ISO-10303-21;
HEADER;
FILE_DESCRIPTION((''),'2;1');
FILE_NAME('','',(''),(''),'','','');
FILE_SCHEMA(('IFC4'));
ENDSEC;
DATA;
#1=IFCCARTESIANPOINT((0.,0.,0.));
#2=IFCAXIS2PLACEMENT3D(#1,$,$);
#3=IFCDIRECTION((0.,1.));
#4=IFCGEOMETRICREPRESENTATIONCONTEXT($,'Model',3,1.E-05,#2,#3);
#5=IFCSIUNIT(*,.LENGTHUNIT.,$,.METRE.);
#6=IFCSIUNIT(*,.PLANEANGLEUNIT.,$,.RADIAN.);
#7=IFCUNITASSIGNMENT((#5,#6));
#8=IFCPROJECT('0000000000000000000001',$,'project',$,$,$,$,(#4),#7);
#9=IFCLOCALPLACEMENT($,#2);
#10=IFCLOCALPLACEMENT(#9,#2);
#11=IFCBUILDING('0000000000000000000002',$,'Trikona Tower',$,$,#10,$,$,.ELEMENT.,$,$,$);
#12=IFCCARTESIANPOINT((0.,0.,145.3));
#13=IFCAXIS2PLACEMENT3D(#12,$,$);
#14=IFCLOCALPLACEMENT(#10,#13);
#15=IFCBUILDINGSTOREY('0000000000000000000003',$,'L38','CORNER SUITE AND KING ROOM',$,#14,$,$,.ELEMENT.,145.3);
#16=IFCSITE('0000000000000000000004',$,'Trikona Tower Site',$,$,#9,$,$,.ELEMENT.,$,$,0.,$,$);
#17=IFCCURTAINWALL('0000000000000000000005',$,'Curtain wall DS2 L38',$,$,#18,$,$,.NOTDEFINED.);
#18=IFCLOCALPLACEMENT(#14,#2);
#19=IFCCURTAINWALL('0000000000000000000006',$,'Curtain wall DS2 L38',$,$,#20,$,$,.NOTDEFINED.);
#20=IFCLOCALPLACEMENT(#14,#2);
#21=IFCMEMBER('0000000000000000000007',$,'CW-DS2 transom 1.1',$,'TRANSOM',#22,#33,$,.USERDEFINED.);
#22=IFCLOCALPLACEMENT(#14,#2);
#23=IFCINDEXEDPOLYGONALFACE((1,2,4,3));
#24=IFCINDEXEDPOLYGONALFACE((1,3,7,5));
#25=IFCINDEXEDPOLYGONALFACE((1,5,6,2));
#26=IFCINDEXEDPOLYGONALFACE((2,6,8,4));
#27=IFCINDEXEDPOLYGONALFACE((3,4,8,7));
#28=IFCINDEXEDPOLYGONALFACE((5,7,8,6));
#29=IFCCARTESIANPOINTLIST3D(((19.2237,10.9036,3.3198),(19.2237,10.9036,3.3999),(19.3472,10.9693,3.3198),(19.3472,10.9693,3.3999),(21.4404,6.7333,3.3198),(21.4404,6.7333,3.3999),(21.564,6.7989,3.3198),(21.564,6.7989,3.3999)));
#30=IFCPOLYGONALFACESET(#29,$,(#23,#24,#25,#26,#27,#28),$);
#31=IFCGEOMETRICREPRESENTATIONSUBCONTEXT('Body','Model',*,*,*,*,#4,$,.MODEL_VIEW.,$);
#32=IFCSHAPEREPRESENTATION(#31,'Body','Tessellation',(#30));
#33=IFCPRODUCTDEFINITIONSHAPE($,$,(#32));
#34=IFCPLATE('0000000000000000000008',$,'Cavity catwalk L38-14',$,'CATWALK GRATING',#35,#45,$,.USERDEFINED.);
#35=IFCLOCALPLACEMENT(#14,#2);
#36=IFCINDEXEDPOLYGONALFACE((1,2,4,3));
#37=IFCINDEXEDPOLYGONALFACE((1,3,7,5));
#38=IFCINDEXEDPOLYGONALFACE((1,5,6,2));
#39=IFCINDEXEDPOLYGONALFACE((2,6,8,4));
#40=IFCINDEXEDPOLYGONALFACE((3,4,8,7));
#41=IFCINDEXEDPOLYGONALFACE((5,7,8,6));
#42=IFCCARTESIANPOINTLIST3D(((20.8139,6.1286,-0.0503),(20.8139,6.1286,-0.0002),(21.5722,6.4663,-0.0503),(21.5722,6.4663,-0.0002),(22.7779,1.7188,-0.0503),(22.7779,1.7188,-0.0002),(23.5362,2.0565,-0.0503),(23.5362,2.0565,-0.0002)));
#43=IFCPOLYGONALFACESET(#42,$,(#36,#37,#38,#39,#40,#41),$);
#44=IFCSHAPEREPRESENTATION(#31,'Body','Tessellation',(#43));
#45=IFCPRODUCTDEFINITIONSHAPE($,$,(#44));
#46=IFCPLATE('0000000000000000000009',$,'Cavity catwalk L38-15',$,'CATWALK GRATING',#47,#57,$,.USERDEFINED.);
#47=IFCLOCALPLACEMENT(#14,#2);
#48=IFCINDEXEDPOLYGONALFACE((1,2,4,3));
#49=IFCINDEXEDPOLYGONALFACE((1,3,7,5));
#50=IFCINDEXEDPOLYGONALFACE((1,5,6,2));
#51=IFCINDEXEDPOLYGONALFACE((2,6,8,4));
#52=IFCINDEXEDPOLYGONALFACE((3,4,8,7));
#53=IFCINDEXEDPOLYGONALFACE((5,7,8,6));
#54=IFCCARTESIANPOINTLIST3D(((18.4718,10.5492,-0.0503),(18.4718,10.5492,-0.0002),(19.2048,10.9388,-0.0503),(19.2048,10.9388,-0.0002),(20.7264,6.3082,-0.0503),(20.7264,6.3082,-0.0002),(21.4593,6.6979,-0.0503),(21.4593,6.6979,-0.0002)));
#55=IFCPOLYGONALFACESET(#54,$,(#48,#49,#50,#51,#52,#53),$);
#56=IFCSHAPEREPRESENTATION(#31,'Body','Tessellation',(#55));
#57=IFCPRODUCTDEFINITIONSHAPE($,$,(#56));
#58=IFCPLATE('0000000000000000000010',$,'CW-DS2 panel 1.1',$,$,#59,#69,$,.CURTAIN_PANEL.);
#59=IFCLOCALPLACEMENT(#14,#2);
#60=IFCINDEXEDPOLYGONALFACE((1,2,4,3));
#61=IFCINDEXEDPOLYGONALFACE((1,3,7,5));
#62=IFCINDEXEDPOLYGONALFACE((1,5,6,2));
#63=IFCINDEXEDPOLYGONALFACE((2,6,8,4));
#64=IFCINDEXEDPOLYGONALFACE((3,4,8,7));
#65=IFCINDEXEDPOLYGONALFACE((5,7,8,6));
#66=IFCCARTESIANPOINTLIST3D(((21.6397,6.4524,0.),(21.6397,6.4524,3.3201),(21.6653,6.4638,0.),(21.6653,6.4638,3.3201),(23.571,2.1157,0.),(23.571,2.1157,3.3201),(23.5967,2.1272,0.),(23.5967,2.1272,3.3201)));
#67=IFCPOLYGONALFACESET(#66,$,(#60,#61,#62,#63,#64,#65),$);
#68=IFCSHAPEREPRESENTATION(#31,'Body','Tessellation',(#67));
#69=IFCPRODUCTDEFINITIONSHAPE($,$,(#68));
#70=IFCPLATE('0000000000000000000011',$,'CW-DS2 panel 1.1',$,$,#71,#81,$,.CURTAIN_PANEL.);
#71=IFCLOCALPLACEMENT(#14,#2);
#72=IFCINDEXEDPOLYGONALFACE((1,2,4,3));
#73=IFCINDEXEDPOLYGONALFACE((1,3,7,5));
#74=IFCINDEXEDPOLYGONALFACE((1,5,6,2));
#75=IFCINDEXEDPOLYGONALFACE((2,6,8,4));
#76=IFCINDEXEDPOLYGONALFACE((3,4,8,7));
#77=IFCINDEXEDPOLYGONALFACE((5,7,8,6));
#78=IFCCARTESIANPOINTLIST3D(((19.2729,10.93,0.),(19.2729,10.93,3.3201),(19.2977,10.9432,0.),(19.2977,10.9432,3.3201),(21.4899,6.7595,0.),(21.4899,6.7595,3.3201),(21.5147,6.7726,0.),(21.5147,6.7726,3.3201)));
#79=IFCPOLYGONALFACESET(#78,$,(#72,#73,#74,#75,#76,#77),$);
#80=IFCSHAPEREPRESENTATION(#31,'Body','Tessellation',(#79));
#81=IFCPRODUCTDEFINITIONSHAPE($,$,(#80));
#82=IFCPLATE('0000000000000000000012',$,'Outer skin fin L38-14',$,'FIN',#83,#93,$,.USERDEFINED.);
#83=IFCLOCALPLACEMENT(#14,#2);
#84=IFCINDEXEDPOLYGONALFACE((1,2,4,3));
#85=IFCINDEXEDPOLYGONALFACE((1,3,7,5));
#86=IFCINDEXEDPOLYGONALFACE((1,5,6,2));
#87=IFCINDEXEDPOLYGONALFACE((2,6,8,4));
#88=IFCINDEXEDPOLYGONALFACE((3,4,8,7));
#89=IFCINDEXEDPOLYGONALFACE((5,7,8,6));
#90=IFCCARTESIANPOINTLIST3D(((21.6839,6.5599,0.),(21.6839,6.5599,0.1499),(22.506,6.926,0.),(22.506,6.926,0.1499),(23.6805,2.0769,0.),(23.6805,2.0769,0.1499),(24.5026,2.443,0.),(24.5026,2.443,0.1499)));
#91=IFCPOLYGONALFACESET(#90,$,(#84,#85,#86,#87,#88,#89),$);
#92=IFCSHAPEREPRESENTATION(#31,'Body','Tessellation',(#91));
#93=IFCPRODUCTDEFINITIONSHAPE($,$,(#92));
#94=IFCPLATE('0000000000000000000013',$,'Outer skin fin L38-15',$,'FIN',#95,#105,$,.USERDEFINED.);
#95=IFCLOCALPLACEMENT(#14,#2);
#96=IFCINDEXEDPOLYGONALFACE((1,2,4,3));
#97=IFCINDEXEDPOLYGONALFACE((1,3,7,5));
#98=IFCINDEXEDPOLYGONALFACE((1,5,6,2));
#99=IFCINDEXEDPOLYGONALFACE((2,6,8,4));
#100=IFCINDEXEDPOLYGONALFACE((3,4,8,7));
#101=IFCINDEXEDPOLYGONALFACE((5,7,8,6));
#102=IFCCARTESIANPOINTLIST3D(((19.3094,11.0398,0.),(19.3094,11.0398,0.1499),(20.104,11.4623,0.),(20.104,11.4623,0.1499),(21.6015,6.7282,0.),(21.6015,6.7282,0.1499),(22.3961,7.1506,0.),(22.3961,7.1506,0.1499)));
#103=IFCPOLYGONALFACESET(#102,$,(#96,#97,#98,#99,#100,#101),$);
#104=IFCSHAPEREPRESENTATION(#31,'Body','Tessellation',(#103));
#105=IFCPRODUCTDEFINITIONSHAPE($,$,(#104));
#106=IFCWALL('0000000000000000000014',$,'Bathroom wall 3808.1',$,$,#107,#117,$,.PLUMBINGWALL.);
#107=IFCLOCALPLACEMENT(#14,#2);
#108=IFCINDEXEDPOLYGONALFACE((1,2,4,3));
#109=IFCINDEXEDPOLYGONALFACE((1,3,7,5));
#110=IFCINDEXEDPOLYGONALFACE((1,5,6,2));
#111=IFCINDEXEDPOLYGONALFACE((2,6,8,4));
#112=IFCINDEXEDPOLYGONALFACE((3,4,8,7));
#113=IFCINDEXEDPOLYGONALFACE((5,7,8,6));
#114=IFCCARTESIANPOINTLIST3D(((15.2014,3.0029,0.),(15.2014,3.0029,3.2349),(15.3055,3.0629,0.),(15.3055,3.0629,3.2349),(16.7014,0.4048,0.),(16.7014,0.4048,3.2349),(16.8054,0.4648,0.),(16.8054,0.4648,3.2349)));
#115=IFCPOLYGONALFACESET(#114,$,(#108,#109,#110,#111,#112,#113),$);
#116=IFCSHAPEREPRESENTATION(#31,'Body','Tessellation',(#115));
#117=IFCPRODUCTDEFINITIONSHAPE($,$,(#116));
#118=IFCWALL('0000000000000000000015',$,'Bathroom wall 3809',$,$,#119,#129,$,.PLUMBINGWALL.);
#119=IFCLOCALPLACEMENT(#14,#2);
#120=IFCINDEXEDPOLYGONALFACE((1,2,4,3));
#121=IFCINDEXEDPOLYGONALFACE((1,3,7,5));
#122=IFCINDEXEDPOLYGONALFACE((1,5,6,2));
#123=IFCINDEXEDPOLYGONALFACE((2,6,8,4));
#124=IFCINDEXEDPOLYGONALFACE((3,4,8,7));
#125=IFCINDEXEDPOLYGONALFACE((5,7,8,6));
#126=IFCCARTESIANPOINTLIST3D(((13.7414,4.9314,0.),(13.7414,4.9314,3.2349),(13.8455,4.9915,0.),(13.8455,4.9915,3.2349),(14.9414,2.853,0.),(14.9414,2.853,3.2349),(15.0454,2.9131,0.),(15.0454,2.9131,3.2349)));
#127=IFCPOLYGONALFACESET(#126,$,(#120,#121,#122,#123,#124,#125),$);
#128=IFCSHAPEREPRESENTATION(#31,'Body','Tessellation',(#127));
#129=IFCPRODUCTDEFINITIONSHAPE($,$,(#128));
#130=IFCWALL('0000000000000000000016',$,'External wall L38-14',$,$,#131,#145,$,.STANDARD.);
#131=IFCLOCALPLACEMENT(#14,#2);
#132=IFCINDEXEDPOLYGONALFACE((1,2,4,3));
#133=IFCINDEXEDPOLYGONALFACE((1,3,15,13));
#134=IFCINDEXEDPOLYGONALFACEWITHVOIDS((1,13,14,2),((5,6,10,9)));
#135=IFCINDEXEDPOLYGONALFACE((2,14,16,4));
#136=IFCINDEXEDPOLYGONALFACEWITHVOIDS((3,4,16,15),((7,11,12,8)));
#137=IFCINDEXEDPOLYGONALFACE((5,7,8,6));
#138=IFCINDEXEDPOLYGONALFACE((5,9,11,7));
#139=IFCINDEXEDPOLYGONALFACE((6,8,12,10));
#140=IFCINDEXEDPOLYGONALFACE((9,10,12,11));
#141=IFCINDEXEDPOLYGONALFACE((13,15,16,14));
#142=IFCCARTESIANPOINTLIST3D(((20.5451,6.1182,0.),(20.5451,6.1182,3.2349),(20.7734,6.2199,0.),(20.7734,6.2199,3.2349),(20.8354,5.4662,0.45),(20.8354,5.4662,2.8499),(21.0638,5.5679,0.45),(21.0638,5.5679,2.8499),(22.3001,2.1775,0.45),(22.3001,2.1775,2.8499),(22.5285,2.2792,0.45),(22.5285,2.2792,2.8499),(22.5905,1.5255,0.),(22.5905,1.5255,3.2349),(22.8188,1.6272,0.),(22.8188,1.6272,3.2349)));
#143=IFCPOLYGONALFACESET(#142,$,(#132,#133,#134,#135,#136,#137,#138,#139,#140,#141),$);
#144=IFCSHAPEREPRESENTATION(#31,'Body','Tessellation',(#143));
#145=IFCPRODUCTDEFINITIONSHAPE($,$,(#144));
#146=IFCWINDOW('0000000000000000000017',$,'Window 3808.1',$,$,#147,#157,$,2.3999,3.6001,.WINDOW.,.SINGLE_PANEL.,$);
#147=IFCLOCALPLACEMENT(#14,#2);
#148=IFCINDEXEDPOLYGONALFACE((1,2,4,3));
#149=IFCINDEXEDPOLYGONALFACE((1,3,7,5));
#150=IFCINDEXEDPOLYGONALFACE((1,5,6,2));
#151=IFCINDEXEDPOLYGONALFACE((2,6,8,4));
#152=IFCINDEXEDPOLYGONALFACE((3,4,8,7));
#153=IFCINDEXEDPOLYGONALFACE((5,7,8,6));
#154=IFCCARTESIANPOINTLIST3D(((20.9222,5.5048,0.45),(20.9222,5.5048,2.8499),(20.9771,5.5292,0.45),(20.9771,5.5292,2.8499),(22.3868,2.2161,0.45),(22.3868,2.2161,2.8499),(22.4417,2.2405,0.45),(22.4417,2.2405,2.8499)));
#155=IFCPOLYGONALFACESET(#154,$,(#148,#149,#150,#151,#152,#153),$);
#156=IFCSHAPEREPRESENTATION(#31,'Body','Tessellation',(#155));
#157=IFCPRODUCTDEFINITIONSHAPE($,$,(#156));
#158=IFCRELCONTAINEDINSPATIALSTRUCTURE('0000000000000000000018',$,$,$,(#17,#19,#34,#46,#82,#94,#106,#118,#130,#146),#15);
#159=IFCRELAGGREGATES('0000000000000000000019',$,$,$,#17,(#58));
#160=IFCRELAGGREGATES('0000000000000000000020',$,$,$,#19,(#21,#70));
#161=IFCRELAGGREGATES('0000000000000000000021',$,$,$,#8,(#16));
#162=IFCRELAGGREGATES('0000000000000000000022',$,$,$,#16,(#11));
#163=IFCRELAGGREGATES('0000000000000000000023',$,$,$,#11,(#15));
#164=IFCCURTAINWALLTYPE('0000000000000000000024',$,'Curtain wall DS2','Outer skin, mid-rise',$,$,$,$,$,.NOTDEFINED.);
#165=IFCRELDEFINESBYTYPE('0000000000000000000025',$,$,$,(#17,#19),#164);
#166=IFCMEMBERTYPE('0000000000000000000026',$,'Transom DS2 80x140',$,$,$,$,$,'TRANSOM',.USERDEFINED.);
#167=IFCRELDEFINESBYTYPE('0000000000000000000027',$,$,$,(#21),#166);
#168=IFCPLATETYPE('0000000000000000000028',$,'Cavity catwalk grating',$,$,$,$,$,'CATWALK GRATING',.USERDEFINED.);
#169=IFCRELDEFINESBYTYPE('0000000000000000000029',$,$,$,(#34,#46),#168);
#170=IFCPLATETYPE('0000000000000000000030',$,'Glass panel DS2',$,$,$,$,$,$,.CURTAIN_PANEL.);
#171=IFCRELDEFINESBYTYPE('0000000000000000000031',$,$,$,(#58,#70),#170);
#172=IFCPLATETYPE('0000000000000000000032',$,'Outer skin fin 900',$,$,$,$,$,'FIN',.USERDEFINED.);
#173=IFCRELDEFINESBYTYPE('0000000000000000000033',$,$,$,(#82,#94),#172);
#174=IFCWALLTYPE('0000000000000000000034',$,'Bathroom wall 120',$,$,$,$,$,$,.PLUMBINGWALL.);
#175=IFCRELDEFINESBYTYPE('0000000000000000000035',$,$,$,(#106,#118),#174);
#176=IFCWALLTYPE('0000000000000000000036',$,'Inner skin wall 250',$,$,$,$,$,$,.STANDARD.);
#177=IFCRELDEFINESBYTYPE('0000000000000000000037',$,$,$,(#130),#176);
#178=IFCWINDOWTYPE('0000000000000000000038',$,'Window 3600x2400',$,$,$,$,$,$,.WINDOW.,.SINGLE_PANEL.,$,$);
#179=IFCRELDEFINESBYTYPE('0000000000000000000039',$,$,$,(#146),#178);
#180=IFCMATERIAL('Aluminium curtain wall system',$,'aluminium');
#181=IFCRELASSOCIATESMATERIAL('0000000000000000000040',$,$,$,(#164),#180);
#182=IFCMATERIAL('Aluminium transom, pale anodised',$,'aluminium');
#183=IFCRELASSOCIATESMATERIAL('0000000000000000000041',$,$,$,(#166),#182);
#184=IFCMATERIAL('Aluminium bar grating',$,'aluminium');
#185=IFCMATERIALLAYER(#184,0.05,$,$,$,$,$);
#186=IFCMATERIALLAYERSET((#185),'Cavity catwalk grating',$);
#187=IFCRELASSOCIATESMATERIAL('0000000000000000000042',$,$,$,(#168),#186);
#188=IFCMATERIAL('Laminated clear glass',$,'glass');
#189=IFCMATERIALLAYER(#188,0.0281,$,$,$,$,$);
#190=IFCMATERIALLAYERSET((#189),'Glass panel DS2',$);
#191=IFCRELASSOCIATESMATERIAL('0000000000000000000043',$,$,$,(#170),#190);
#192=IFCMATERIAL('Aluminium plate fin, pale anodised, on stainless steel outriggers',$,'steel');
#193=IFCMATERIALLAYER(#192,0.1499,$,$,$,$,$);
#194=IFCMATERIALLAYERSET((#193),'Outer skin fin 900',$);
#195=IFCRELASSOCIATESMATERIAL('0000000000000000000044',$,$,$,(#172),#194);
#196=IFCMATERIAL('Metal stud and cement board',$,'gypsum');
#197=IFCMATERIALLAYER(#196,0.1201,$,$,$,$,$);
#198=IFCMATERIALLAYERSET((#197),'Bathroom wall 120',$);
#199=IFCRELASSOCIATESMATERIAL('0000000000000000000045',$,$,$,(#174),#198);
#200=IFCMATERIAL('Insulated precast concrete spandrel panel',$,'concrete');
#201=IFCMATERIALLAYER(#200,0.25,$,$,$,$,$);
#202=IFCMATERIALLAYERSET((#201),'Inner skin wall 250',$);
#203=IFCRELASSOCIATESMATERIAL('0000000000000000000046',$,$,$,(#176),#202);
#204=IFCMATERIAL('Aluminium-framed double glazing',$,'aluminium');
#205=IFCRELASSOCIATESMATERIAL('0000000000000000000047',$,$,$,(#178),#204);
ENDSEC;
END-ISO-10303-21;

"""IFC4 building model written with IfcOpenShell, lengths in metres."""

from ifc_helpers import new_model, si_unit, direction, frame, frame_2d, origin, origin_2d, place, context, subcontext, project, spatial, rectangle, extrude, material, layer, layer_set, material_profile, profile_set, type_object, element, fill, aggregate, save


model = new_model("IFC4")

# Units and contexts
model_context = context("Model", 3, precision=1e-05, world=origin(), true_north=direction((0.0, 1.0)))
body_context = subcontext(model_context, "Body", "Model", "MODEL_VIEW")
ifc_project = project(units=[si_unit("LENGTHUNIT", "METRE"), si_unit("PLANEANGLEUNIT", "RADIAN")], contexts=[model_context])

# Site, building, storey
site_placement = place(None, origin())
site = spatial("IfcSite", under=ifc_project, at=site_placement, Name="Trikona Tower Site", CompositionType="ELEMENT", RefElevation=0.0)
building_placement = place(site_placement, origin())
building = spatial("IfcBuilding", under=site, at=building_placement, Name="Trikona Tower", CompositionType="ELEMENT")
storey_placement = place(building_placement, frame((0.0, 0.0, 145.3)))
storey = spatial("IfcBuildingStorey", under=building, at=storey_placement, Name="L38", Description="CORNER SUITE AND KING ROOM", CompositionType="ELEMENT", Elevation=145.3)

# Shared definitions
ifc_material_1 = material(Name="Aluminium curtain wall system", Category="aluminium")
curtain_wall_type = type_object("IfcCurtainWallType", Name="Curtain wall DS2", Description="Outer skin, mid-rise", PredefinedType="NOTDEFINED", material=ifc_material_1)

# Curtain walls
curtain_wall_1_placement = place(storey_placement, origin())
curtain_wall_1 = element("IfcCurtainWall", 1, at=curtain_wall_1_placement, inside=storey, type_object=curtain_wall_type, Name="Curtain wall DS2 L38", PredefinedType="NOTDEFINED")
curtain_wall_2_placement = place(storey_placement, origin())
curtain_wall_2 = element("IfcCurtainWall", 2, at=curtain_wall_2_placement, inside=storey, type_object=curtain_wall_type, Name="Curtain wall DS2 L38", PredefinedType="NOTDEFINED")

# Member
ifc_material_2 = material(Name="Aluminium transom, pale anodised", Category="aluminium")
ifc_material_profile_1 = material_profile(ifc_material_2, rectangle(XDim=0.1399, YDim=0.0801, at=origin_2d()), Name="TRN-DS2")
ifc_profile_set_1 = profile_set([ifc_material_profile_1], Name="Aluminium transom, pale anodised")
member_type_1 = type_object("IfcMemberType", Name="Transom DS2 80x140", ElementType="TRANSOM", PredefinedType="USERDEFINED", material=ifc_profile_set_1)
member_1_placement = place(storey_placement, frame((21.5022, 6.7661, 3.3599), z_axis=(-0.469364, 0.883005, 0.0), x_axis=(-0.883005, -0.469364, 0.0)))
member_1 = element("IfcMember", 3, at=member_1_placement, type_object=member_type_1, Name="CW-DS2 transom 1.1", ObjectType="TRANSOM", PredefinedType="USERDEFINED", context=body_context, shape_type="SweptSolid", body=[
    extrude(rectangle(XDim=0.1399, YDim=0.0801, at=origin_2d()), origin(), (0.0, 0.0, 1.0), 4.7229),
])

# Plates
ifc_material_3 = material(Name="Aluminium bar grating", Category="aluminium")
ifc_layer_1 = layer(ifc_material_3, 0.05)
ifc_layer_set_1 = layer_set([ifc_layer_1], Name="Cavity catwalk grating")
plate_type_1 = type_object("IfcPlateType", Name="Cavity catwalk grating", ElementType="CATWALK GRATING", PredefinedType="USERDEFINED", material=ifc_layer_set_1)
plate_1_placement = place(storey_placement, frame((22.175, 4.0925, -0.0503), z_axis=(0.0, 0.0, 1.0), x_axis=(-0.406843, 0.913498, 0.0)))
element("IfcPlate", 4, at=plate_1_placement, inside=storey, type_object=plate_type_1, Name="Cavity catwalk L38-14", ObjectType="CATWALK GRATING", PredefinedType="USERDEFINED", context=body_context, shape_type="SweptSolid", body=[
    extrude(rectangle(XDim=4.8274, YDim=0.8301, at=origin_2d()), origin(), (0.0, 0.0, 1.0), 0.05),
])
plate_2_placement = place(storey_placement, frame((19.9656, 8.6235, -0.0503), z_axis=(0.0, 0.0, 1.0), x_axis=(-0.469398, 0.882987, 0.0)))
element("IfcPlate", 5, at=plate_2_placement, inside=storey, type_object=plate_type_1, Name="Cavity catwalk L38-15", ObjectType="CATWALK GRATING", PredefinedType="USERDEFINED", context=body_context, shape_type="SweptSolid", body=[
    extrude(rectangle(XDim=4.803, YDim=0.8301, at=origin_2d()), origin(), (0.0, 0.0, 1.0), 0.05),
])

# Plates
ifc_material_4 = material(Name="Laminated clear glass", Category="glass")
ifc_layer_2 = layer(ifc_material_4, 0.0281)
ifc_layer_set_2 = layer_set([ifc_layer_2], Name="Glass panel DS2")
plate_type_2 = type_object("IfcPlateType", Name="Glass panel DS2", PredefinedType="CURTAIN_PANEL", material=ifc_layer_set_2)
plate_3_placement = place(storey_placement, frame((22.6182, 4.2898, 0.0), z_axis=(0.0, 0.0, 1.0), x_axis=(-0.406836, 0.913501, 0.0)))
plate_3 = element("IfcPlate", 6, at=plate_3_placement, type_object=plate_type_2, Name="CW-DS2 panel 1.1", PredefinedType="CURTAIN_PANEL", context=body_context, shape_type="SweptSolid", body=[
    extrude(rectangle(XDim=4.7473, YDim=0.0281, at=origin_2d()), origin(), (0.0, 0.0, 1.0), 3.3201),
])
aggregate(curtain_wall_1, [plate_3])
plate_4_placement = place(storey_placement, frame((20.3938, 8.8513, 0.0), z_axis=(0.0, 0.0, 1.0), x_axis=(-0.46938, 0.882996, 0.0)))
plate_4 = element("IfcPlate", 7, at=plate_4_placement, type_object=plate_type_2, Name="CW-DS2 panel 1.1", PredefinedType="CURTAIN_PANEL", context=body_context, shape_type="SweptSolid", body=[
    extrude(rectangle(XDim=4.7231, YDim=0.0281, at=origin_2d()), origin(), (0.0, 0.0, 1.0), 3.3201),
])
aggregate(curtain_wall_2, [member_1, plate_4])

# Plates
ifc_material_5 = material(Name="Aluminium plate fin, pale anodised, on stainless steel outriggers", Category="steel")
ifc_layer_3 = layer(ifc_material_5, 0.1499)
ifc_layer_set_3 = layer_set([ifc_layer_3], Name="Outer skin fin 900")
plate_type_3 = type_object("IfcPlateType", Name="Outer skin fin 900", ElementType="FIN", PredefinedType="USERDEFINED", material=ifc_layer_set_3)
plate_5_placement = place(storey_placement, frame((23.0933, 4.5015, 0.0), z_axis=(0.0, 0.0, 1.0), x_axis=(-0.406843, 0.913498, 0.0)))
element("IfcPlate", 8, at=plate_5_placement, inside=storey, type_object=plate_type_3, Name="Outer skin fin L38-14", ObjectType="FIN", PredefinedType="USERDEFINED", context=body_context, shape_type="SweptSolid", body=[
    extrude(rectangle(XDim=4.9075, YDim=0.8999, at=origin_2d()), origin(), (0.0, 0.0, 1.0), 0.1499),
])
plate_6_placement = place(storey_placement, frame((20.8528, 9.0952, 0.0), z_axis=(0.0, 0.0, 1.0), x_axis=(-0.469398, 0.882987, 0.0)))
element("IfcPlate", 9, at=plate_6_placement, inside=storey, type_object=plate_type_3, Name="Outer skin fin L38-15", ObjectType="FIN", PredefinedType="USERDEFINED", context=body_context, shape_type="SweptSolid", body=[
    extrude(rectangle(XDim=4.8831, YDim=0.8999, at=origin_2d()), origin(), (0.0, 0.0, 1.0), 0.1499),
])

# Walls
ifc_material_6 = material(Name="Metal stud and cement board", Category="gypsum")
ifc_layer_4 = layer(ifc_material_6, 0.1201)
ifc_layer_set_4 = layer_set([ifc_layer_4], Name="Bathroom wall 120")
wall_type_1 = type_object("IfcWallType", Name="Bathroom wall 120", PredefinedType="PLUMBINGWALL", material=ifc_layer_set_4)
wall_1_placement = place(storey_placement, frame((16.7534, 0.4348, 0.0), z_axis=(0.0, 0.0, 1.0), x_axis=(-0.49999, 0.866031, 0.0)))
element("IfcWall", 10, at=wall_1_placement, inside=storey, type_object=wall_type_1, Name="Bathroom wall 3808.1", PredefinedType="PLUMBINGWALL", context=body_context, shape_type="SweptSolid", body=[
    extrude(rectangle(XDim=3.0, YDim=0.1201, at=frame_2d((1.5, 0.0))), origin(), (0.0, 0.0, 1.0), 3.2349),
])
wall_2_placement = place(storey_placement, frame((14.9934, 2.8831, 0.0), z_axis=(0.0, 0.0, 1.0), x_axis=(-0.500001, 0.866025, 0.0)))
element("IfcWall", 11, at=wall_2_placement, inside=storey, type_object=wall_type_1, Name="Bathroom wall 3809", PredefinedType="PLUMBINGWALL", context=body_context, shape_type="SweptSolid", body=[
    extrude(rectangle(XDim=2.3999, YDim=0.1201, at=frame_2d((1.2, 0.0))), origin(), (0.0, 0.0, 1.0), 3.2349),
])

# Wall, opening, window
ifc_material_7 = material(Name="Insulated precast concrete spandrel panel", Category="concrete")
ifc_layer_5 = layer(ifc_material_7, 0.25)
ifc_layer_set_5 = layer_set([ifc_layer_5], Name="Inner skin wall 250")
wall_type_2 = type_object("IfcWallType", Name="Inner skin wall 250", PredefinedType="STANDARD", material=ifc_layer_set_5)
wall_3_placement = place(storey_placement, frame((22.7046, 1.5764, 0.0), z_axis=(0.0, 0.0, 1.0), x_axis=(-0.406832, 0.913503, 0.0)))
wall_3 = element("IfcWall", 12, at=wall_3_placement, inside=storey, type_object=wall_type_2, Name="External wall L38-14", PredefinedType="STANDARD", context=body_context, shape_type="SweptSolid", body=[
    extrude(rectangle(XDim=5.0276, YDim=0.25, at=frame_2d((2.5137, 0.0))), origin(), (0.0, 0.0, 1.0), 3.2349),
])
opening_1_placement = place(wall_3_placement, frame((0.7136, 0.0, 0.45)))
opening_1 = element("IfcOpeningElement", 13, at=opening_1_placement, cuts=wall_3, PredefinedType="OPENING", context=body_context, shape_type="SweptSolid", body=[
    extrude(rectangle(XDim=3.6001, YDim=2.3999, at=frame_2d((1.8, 1.2))), frame((0.0, 0.135, 0.0), z_axis=(0.0, -1.0, 0.0), x_axis=(1.0, 0.0, 0.0)), (0.0, 0.0, 1.0), 0.27),
])
ifc_material_8 = material(Name="Aluminium-framed double glazing", Category="aluminium")
window_type = type_object("IfcWindowType", Name="Window 3600x2400", PartitioningType="SINGLE_PANEL", PredefinedType="WINDOW", material=ifc_material_8)
window_1_placement = place(opening_1_placement, origin())
window_1 = element("IfcWindow", 14, at=window_1_placement, inside=storey, type_object=window_type, Name="Window 3808.1", OverallHeight=2.3999, OverallWidth=3.6001, PartitioningType="SINGLE_PANEL", PredefinedType="WINDOW", context=body_context, shape_type="SweptSolid", body=[
    extrude(rectangle(XDim=3.6001, YDim=2.3999, at=frame_2d((1.8, 1.2))), frame((0.0, 0.03, 0.0), z_axis=(0.0, -1.0, 0.0), x_axis=(1.0, 0.0, 0.0)), (0.0, 0.0, 1.0), 0.0601),
])
fill(opening_1, window_1)

save(model, "model.ifc")
